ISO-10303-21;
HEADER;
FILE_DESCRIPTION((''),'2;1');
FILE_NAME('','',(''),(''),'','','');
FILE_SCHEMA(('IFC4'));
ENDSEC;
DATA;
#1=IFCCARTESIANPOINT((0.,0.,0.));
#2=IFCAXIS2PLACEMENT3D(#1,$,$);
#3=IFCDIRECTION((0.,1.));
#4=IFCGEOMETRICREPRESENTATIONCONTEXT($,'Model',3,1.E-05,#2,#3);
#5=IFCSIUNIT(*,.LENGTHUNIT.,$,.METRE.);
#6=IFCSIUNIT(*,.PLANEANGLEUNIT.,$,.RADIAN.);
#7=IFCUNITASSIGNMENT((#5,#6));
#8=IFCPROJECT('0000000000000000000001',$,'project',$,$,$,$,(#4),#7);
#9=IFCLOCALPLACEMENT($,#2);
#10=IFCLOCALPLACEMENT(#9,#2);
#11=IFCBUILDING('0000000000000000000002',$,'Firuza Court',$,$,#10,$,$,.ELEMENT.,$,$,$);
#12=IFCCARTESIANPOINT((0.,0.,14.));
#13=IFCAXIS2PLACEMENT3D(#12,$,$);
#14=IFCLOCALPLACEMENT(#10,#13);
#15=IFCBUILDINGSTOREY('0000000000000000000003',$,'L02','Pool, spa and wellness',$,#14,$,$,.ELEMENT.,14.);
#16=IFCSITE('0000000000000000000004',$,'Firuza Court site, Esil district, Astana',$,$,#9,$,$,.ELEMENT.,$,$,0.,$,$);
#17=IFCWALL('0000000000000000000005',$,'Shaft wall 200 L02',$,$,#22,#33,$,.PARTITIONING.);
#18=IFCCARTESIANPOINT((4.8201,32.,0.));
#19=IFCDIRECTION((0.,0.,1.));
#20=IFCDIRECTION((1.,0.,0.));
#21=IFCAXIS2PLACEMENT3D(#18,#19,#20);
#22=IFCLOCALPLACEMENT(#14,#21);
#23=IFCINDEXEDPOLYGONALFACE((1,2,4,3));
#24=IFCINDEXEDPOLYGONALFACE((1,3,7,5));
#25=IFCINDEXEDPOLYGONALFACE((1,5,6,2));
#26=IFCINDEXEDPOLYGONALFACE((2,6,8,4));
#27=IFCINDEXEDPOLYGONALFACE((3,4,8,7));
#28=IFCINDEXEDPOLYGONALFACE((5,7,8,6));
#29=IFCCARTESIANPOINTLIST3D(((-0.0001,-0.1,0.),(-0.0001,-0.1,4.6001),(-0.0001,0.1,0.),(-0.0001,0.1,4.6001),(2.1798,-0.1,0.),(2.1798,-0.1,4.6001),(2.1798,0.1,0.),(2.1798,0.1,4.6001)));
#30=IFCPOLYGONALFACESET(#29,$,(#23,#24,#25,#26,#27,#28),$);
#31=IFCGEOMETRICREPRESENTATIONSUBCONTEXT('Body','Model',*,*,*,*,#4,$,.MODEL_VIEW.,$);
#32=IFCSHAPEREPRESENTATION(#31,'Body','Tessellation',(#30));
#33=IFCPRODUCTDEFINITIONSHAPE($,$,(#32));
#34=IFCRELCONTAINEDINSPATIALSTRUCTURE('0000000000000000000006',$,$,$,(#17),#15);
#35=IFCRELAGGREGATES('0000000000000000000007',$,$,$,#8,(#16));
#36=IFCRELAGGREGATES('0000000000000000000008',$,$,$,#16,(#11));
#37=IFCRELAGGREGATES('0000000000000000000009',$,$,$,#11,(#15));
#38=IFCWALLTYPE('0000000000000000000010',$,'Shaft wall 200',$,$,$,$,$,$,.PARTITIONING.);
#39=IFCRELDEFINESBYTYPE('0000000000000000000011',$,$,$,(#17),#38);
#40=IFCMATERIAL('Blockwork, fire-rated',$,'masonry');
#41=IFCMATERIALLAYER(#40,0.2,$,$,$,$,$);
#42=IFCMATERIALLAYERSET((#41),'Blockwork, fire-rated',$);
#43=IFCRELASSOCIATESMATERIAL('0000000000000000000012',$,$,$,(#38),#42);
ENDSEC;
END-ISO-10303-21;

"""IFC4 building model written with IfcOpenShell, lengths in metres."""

from ifc_helpers import new_model, si_unit, direction, frame, frame_2d, origin, place, context, subcontext, project, spatial, rectangle, extrude, material, layer, layer_set, type_object, element, save


model = new_model("IFC4")

# Units and contexts
model_context = context("Model", 3, precision=1e-05, world=origin(), true_north=direction((0.0, 1.0)))
body_context = subcontext(model_context, "Body", "Model", "MODEL_VIEW")
ifc_project = project(units=[si_unit("LENGTHUNIT", "METRE"), si_unit("PLANEANGLEUNIT", "RADIAN")], contexts=[model_context])

# Site, building, storey
site_placement = place(None, origin())
site = spatial("IfcSite", under=ifc_project, at=site_placement, Name="Firuza Court site, Esil district, Astana", CompositionType="ELEMENT", RefElevation=0.0)
building_placement = place(site_placement, origin())
building = spatial("IfcBuilding", under=site, at=building_placement, Name="Firuza Court", CompositionType="ELEMENT")
storey_placement = place(building_placement, frame((0.0, 0.0, 14.0)))
storey = spatial("IfcBuildingStorey", under=building, at=storey_placement, Name="L02", Description="Pool, spa and wellness", CompositionType="ELEMENT", Elevation=14.0)

# Wall
ifc_material_1 = material(Name="Blockwork, fire-rated", Category="masonry")
ifc_layer_1 = layer(ifc_material_1, 0.2)
ifc_layer_set_1 = layer_set([ifc_layer_1], Name="Blockwork, fire-rated")
wall_type_1 = type_object("IfcWallType", Name="Shaft wall 200", PredefinedType="PARTITIONING", material=ifc_layer_set_1)
wall_1_placement = place(storey_placement, frame((4.8201, 32.0, 0.0), z_axis=(0.0, 0.0, 1.0), x_axis=(1.0, 0.0, 0.0)))
element("IfcWall", 1, at=wall_1_placement, inside=storey, type_object=wall_type_1, Name="Shaft wall 200 L02", PredefinedType="PARTITIONING", context=body_context, shape_type="SweptSolid", body=[
    extrude(rectangle(XDim=2.1799, YDim=0.2, at=frame_2d((1.0898, 0.0))), origin(), (0.0, 0.0, 1.0), 4.6001),
])

save(model, "model.ifc")
